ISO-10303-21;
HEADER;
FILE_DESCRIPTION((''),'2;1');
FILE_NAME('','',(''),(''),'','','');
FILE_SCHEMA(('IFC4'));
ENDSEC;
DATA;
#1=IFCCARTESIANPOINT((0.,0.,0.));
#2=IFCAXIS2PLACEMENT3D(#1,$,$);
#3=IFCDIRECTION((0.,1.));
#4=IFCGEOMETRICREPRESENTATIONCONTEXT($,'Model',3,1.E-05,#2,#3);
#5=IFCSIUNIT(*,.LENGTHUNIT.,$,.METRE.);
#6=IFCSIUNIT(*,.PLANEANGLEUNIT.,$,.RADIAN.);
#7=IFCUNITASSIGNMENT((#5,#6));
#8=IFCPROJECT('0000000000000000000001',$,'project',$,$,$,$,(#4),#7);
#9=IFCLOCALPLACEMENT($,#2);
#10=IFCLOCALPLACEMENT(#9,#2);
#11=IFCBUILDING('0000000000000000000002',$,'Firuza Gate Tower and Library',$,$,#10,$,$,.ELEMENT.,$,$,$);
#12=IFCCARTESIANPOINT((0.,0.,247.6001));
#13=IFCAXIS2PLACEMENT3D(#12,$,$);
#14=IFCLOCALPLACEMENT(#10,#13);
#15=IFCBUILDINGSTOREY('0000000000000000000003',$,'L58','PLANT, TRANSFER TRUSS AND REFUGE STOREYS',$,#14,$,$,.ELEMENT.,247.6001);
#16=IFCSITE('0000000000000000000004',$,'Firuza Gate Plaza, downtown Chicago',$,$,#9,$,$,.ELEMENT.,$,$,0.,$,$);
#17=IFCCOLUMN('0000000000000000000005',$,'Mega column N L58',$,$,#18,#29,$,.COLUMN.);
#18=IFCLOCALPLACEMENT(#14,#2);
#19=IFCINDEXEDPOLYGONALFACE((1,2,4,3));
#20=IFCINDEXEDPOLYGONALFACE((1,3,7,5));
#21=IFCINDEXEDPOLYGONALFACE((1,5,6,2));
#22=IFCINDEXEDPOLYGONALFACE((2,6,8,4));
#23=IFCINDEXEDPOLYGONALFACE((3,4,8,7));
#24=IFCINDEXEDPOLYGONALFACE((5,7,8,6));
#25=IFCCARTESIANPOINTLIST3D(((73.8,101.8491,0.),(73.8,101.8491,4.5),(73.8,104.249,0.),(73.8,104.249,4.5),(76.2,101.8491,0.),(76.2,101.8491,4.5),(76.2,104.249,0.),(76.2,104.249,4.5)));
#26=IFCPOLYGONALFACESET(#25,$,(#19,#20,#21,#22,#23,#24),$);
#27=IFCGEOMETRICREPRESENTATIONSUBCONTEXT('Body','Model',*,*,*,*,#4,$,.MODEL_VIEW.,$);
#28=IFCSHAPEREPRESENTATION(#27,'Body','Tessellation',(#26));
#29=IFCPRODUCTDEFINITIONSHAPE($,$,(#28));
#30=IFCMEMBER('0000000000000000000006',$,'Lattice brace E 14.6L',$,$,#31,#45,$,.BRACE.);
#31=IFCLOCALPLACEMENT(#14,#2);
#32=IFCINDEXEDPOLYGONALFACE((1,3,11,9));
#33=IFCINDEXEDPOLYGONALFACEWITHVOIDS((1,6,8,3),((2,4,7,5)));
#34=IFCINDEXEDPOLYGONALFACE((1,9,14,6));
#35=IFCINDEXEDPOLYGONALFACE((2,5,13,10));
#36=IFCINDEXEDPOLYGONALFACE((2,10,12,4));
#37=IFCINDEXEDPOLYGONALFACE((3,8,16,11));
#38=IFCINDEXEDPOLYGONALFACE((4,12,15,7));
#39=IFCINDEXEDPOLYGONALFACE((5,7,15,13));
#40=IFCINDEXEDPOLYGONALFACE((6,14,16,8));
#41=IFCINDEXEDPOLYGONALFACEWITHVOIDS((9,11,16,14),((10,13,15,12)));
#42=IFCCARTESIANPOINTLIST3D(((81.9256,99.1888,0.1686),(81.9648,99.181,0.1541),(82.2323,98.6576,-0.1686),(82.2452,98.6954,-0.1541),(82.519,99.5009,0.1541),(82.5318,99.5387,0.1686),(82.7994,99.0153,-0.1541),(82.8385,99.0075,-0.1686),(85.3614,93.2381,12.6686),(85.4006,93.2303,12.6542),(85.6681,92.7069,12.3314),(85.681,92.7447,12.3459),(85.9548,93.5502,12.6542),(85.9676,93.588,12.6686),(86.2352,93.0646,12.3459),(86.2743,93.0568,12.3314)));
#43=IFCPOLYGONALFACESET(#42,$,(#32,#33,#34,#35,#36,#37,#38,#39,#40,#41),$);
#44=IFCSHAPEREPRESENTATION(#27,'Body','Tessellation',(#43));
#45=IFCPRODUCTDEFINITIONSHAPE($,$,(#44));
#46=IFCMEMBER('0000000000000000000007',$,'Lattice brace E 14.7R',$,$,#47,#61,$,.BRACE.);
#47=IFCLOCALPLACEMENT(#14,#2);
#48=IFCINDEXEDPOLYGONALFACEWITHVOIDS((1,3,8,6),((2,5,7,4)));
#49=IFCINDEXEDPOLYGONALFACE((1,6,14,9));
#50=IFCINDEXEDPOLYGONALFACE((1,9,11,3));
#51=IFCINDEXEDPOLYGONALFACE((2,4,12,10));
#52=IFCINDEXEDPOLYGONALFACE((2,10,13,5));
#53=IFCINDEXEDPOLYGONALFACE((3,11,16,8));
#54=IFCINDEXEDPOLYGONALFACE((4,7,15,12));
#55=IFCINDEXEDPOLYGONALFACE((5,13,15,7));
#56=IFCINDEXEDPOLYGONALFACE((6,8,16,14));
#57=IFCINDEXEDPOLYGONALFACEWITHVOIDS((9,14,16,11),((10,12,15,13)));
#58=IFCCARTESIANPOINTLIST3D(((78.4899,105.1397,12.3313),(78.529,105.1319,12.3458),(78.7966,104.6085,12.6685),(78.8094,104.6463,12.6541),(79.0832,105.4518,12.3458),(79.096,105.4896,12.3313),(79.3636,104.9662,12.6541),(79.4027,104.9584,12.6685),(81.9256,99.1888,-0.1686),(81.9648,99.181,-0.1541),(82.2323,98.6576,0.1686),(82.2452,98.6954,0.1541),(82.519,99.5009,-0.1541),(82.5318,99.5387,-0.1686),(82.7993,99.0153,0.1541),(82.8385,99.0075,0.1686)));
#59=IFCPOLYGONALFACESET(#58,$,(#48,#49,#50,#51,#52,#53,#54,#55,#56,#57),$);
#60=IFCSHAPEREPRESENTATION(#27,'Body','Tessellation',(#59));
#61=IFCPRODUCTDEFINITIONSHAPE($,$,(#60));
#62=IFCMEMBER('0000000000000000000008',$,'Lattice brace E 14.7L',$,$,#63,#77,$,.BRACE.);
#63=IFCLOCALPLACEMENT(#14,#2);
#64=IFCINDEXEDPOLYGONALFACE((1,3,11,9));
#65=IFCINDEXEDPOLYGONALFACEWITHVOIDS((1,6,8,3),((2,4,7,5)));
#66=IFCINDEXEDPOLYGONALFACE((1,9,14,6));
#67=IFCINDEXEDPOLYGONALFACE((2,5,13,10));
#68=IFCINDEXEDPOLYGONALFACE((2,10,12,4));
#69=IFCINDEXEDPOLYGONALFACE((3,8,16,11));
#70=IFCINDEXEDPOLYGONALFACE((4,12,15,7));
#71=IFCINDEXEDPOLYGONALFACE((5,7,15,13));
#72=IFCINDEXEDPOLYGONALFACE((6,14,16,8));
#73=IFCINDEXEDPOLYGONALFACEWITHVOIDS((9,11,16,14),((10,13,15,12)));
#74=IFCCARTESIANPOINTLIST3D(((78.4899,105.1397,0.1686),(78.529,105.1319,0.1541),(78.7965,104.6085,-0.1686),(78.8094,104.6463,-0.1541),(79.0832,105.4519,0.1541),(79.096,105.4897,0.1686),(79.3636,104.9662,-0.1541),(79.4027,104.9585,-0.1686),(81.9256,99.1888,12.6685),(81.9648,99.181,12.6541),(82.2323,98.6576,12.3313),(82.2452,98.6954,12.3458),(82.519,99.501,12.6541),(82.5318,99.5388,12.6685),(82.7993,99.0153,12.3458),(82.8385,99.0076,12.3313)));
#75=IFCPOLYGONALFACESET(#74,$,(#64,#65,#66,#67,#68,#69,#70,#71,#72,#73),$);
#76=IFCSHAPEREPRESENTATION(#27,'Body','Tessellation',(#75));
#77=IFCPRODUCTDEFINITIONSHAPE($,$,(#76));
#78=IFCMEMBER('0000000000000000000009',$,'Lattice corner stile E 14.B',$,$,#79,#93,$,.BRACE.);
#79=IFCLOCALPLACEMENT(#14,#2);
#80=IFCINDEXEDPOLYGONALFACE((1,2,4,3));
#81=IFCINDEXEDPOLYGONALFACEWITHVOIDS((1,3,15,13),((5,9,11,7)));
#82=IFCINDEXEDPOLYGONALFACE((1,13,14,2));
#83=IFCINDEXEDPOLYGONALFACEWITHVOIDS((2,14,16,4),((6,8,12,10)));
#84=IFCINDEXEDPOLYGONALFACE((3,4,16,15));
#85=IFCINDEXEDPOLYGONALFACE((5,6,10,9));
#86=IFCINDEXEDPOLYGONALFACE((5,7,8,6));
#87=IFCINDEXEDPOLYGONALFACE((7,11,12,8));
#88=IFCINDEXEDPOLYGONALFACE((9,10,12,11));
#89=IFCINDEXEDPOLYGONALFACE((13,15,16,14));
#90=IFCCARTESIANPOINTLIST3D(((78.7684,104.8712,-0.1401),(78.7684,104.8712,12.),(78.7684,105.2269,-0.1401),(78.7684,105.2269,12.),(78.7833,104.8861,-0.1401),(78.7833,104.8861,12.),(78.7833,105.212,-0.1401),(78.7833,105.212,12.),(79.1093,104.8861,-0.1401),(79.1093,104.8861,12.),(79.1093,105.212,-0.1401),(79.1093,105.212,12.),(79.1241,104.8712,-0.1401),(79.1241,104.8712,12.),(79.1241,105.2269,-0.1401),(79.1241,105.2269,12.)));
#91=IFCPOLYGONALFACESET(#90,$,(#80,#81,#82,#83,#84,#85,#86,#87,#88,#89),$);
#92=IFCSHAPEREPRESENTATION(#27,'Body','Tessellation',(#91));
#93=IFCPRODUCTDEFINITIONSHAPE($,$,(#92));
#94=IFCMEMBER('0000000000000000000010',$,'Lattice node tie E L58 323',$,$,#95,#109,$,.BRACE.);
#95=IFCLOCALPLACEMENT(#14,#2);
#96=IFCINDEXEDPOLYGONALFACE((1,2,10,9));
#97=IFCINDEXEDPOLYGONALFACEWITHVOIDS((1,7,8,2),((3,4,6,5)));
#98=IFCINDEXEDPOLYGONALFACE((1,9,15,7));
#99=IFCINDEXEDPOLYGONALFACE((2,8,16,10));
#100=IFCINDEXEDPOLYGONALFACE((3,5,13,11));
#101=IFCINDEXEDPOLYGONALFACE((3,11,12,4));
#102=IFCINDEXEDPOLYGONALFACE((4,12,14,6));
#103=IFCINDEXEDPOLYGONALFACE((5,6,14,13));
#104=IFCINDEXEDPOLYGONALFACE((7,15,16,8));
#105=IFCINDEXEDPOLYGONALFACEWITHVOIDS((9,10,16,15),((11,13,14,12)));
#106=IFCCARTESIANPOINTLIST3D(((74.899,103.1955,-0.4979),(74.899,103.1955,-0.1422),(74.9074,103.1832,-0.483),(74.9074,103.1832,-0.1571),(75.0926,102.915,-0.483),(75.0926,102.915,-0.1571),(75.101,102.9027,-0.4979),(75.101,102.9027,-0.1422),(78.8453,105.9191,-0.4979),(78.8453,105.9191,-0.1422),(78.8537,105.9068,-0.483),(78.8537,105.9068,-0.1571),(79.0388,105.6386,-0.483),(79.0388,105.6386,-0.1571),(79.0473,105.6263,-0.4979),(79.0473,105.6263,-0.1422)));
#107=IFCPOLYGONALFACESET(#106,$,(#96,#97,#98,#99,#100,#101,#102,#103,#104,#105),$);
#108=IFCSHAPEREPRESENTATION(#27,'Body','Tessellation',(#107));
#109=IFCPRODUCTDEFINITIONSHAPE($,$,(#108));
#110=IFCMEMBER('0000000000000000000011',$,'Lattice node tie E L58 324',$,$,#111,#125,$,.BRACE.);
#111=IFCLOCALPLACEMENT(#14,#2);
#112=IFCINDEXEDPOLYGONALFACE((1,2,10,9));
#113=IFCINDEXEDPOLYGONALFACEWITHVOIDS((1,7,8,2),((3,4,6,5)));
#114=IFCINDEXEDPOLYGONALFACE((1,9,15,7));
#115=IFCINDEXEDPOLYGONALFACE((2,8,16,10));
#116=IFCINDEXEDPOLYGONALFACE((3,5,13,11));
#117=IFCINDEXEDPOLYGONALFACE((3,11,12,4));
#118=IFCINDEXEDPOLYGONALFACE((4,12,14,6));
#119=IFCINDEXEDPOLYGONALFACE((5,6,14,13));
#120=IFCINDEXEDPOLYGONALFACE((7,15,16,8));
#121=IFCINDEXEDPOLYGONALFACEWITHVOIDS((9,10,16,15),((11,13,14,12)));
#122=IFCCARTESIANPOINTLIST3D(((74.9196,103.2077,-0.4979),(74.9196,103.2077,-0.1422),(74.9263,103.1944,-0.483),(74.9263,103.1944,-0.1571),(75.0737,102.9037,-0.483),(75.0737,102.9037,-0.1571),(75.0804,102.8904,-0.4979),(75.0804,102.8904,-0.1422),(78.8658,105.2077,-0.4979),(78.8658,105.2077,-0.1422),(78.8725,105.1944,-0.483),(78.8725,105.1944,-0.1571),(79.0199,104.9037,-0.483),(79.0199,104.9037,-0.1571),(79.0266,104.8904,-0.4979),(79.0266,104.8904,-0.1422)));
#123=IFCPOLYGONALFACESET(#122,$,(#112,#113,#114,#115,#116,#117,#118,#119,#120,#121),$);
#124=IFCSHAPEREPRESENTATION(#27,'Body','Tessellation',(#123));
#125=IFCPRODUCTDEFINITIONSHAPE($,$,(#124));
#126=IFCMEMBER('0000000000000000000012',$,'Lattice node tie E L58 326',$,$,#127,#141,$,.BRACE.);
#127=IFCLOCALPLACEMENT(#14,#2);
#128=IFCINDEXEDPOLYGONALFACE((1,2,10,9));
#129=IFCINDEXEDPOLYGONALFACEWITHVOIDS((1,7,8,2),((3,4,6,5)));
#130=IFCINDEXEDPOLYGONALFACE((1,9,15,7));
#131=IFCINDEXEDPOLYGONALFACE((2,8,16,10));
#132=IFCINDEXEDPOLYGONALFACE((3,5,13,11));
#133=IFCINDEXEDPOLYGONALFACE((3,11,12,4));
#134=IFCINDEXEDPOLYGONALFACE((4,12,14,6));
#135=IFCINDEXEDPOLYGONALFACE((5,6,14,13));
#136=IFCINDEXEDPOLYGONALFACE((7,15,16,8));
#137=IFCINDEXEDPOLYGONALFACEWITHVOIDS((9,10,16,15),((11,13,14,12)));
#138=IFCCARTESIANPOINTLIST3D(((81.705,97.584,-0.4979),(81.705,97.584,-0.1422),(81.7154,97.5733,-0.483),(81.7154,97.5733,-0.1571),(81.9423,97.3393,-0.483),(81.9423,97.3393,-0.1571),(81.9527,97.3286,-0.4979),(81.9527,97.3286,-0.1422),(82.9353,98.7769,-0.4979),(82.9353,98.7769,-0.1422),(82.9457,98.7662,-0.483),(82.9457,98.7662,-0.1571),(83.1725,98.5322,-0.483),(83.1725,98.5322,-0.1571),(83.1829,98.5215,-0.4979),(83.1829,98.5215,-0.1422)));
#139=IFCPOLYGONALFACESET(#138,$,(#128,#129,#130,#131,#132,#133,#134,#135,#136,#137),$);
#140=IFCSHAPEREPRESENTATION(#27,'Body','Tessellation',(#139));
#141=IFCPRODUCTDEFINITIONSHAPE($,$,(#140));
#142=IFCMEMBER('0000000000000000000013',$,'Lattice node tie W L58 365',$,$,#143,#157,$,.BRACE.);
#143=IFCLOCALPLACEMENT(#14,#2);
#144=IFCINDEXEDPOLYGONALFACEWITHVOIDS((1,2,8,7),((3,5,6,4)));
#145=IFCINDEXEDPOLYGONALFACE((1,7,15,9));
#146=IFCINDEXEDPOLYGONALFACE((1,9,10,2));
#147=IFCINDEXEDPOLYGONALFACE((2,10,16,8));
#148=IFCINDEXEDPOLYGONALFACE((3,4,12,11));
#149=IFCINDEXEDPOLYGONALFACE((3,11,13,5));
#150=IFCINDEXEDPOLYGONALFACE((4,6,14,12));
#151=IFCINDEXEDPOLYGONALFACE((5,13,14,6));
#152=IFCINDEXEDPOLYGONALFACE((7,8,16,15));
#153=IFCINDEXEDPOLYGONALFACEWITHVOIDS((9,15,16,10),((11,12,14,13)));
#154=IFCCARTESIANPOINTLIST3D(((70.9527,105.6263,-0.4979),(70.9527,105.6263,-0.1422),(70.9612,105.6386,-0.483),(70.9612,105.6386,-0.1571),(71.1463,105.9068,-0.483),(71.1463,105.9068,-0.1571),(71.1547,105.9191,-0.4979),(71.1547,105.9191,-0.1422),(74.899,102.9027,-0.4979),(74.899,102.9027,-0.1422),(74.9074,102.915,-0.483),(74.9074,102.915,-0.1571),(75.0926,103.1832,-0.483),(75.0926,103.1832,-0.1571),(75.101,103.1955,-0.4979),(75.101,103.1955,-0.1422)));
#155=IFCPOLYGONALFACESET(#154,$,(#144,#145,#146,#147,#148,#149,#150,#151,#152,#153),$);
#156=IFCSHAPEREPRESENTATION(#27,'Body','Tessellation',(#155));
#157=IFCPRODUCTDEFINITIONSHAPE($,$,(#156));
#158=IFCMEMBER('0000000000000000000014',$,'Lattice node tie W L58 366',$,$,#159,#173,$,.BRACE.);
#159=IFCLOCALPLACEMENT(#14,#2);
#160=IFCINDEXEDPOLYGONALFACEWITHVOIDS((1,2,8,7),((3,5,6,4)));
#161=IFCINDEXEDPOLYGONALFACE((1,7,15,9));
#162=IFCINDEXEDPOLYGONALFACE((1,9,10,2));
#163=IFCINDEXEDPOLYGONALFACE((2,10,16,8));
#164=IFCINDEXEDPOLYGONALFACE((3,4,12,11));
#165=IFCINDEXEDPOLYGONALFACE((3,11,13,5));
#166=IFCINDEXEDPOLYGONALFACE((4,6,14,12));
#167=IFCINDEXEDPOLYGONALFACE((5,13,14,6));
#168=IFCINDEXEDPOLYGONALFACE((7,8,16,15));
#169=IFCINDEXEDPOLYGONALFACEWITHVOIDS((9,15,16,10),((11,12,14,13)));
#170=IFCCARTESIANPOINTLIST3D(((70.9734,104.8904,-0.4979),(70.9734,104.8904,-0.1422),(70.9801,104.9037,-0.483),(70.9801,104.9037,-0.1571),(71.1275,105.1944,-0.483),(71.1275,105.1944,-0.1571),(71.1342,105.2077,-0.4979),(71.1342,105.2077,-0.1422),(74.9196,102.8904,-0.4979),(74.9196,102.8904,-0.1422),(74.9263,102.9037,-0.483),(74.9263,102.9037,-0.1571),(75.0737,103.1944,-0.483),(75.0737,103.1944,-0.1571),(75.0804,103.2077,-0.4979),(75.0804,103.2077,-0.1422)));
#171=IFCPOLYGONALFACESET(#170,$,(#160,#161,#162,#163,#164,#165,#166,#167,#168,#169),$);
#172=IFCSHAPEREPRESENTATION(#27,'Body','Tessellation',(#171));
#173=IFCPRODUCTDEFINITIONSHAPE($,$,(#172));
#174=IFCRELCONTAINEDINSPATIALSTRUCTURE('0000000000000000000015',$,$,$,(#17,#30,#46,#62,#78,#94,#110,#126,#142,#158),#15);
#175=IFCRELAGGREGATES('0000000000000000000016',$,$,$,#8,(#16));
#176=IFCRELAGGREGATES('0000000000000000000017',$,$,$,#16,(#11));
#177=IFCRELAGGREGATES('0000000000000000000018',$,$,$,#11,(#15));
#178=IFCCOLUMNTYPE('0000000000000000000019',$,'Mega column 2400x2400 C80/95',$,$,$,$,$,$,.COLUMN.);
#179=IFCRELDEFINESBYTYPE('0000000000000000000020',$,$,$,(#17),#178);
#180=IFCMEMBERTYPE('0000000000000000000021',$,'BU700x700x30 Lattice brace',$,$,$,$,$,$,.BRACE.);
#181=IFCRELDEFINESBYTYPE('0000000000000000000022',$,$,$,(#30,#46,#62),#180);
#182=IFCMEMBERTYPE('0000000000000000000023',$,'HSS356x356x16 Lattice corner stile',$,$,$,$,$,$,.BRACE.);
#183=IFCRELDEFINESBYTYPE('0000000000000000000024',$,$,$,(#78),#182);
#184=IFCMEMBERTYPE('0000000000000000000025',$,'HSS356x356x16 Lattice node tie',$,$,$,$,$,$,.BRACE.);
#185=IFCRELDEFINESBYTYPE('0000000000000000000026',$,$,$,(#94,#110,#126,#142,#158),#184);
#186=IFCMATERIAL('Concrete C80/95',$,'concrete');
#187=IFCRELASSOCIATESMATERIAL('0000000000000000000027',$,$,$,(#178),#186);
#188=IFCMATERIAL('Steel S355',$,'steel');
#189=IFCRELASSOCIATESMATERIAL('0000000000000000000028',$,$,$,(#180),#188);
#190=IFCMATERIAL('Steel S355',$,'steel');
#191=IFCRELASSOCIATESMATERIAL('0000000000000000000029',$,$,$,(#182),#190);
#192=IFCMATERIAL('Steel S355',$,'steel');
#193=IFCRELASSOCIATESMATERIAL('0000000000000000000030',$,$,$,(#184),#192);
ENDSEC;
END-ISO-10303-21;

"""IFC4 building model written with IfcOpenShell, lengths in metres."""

from ifc_helpers import new_model, si_unit, direction, frame, origin, origin_2d, place, context, subcontext, project, spatial, rectangle, hollow_rectangle, extrude, material, material_profile, profile_set, type_object, element, save


model = new_model("IFC4")

# Units and contexts
model_context = context("Model", 3, precision=1e-05, world=origin(), true_north=direction((0.0, 1.0)))
body_context = subcontext(model_context, "Body", "Model", "MODEL_VIEW")
ifc_project = project(units=[si_unit("LENGTHUNIT", "METRE"), si_unit("PLANEANGLEUNIT", "RADIAN")], contexts=[model_context])

# Site, building, storey
site_placement = place(None, origin())
site = spatial("IfcSite", under=ifc_project, at=site_placement, Name="Firuza Gate Plaza, downtown Chicago", CompositionType="ELEMENT", RefElevation=0.0)
building_placement = place(site_placement, origin())
building = spatial("IfcBuilding", under=site, at=building_placement, Name="Firuza Gate Tower and Library", CompositionType="ELEMENT")
storey_placement = place(building_placement, frame((0.0, 0.0, 247.6001)))
storey = spatial("IfcBuildingStorey", under=building, at=storey_placement, Name="L58", Description="PLANT, TRANSFER TRUSS AND REFUGE STOREYS", CompositionType="ELEMENT", Elevation=247.6001)

# Column
ifc_material_1 = material(Name="Concrete C80/95", Category="concrete")
ifc_material_profile_1 = material_profile(ifc_material_1, rectangle(XDim=2.3999, YDim=2.3999, at=origin_2d()))
ifc_profile_set_1 = profile_set([ifc_material_profile_1], Name="Concrete C80/95")
column_type = type_object("IfcColumnType", Name="Mega column 2400x2400 C80/95", PredefinedType="COLUMN", material=ifc_profile_set_1)
column_placement = place(storey_placement, frame((75.0, 103.0491, 0.0), z_axis=(0.0, 0.0, 1.0), x_axis=(-1.0, 0.0, 0.0)))
element("IfcColumn", 1, at=column_placement, inside=storey, type_object=column_type, Name="Mega column N L58", PredefinedType="COLUMN", context=body_context, shape_type="SweptSolid", body=[
    extrude(rectangle(XDim=2.3999, YDim=2.3999, at=origin_2d()), origin(), (0.0, 0.0, 1.0), 4.5),
])

# Members
ifc_material_2 = material(Name="Steel S355", Category="steel")
ifc_material_profile_2 = material_profile(ifc_material_2, hollow_rectangle(XDim=0.7, YDim=0.7, WallThickness=0.03, at=origin_2d()))
ifc_profile_set_2 = profile_set([ifc_material_profile_2], Name="Steel S355")
member_type_1 = type_object("IfcMemberType", Name="BU700x700x30 Lattice brace", PredefinedType="BRACE", material=ifc_profile_set_2)
for number, where, z_axis, x_axis, name in (
    (2, (82.3821, 99.0981, 0.0), (0.240869, -0.417178, 0.876324), (0.866015, 0.500018, 0.0), "Lattice brace E 14.6L"),
    (3, (82.3821, 99.0981, 0.0), (-0.240868, 0.417192, 0.876318), (-0.866024, -0.500002, 0.0), "Lattice brace E 14.7R"),
    (4, (78.9463, 105.0491, 0.0), (0.240868, -0.417192, 0.876318), (0.866024, 0.500002, 0.0), "Lattice brace E 14.7L"),
):
    element("IfcMember", number, at=place(storey_placement, frame(where, z_axis=z_axis, x_axis=x_axis)), inside=storey, type_object=member_type_1, Name=name, PredefinedType="BRACE", context=body_context, shape_type="SweptSolid", body=[
        extrude(hollow_rectangle(XDim=0.7, YDim=0.7, WallThickness=0.03, at=origin_2d()), origin(), (0.0, 0.0, 1.0), 14.2642),
    ])
ifc_material_3 = material(Name="Steel S355", Category="steel")
ifc_material_profile_3 = material_profile(ifc_material_3, hollow_rectangle(XDim=0.3557, YDim=0.3557, WallThickness=0.0149, at=origin_2d()))
ifc_profile_set_3 = profile_set([ifc_material_profile_3], Name="Steel S355")
member_type_2 = type_object("IfcMemberType", Name="HSS356x356x16 Lattice corner stile", PredefinedType="BRACE", material=ifc_profile_set_3)
member_1_placement = place(storey_placement, frame((78.9463, 105.0491, -0.1401), z_axis=(0.0, 0.0, 1.0), x_axis=(1.0, 0.0, 0.0)))
element("IfcMember", 5, at=member_1_placement, inside=storey, type_object=member_type_2, Name="Lattice corner stile E 14.B", PredefinedType="BRACE", context=body_context, shape_type="SweptSolid", body=[
    extrude(hollow_rectangle(XDim=0.3557, YDim=0.3557, WallThickness=0.0149, at=origin_2d()), origin(), (0.0, 0.0, 1.0), 12.1401),
])
ifc_material_4 = material(Name="Steel S355", Category="steel")
ifc_material_profile_4 = material_profile(ifc_material_4, hollow_rectangle(XDim=0.3557, YDim=0.3557, WallThickness=0.0149, at=origin_2d()))
ifc_profile_set_4 = profile_set([ifc_material_profile_4], Name="Steel S355")
member_type_3 = type_object("IfcMemberType", Name="HSS356x356x16 Lattice node tie", PredefinedType="BRACE", material=ifc_profile_set_4)
member_2_placement = place(storey_placement, frame((75.0, 103.0491, -0.3201), z_axis=(0.823013, 0.568023, 0.0), x_axis=(-0.568023, 0.823013, 0.0)))
element("IfcMember", 6, at=member_2_placement, inside=storey, type_object=member_type_3, Name="Lattice node tie E L58 323", PredefinedType="BRACE", context=body_context, shape_type="SweptSolid", body=[
    extrude(hollow_rectangle(XDim=0.3557, YDim=0.3557, WallThickness=0.0149, at=origin_2d()), origin(), (0.0, 0.0, 1.0), 4.7949),
])
member_3_placement = place(storey_placement, frame((75.0, 103.0491, -0.3201), z_axis=(0.891986, 0.452063, 0.0), x_axis=(-0.452063, 0.891986, 0.0)))
element("IfcMember", 7, at=member_3_placement, inside=storey, type_object=member_type_3, Name="Lattice node tie E L58 324", PredefinedType="BRACE", context=body_context, shape_type="SweptSolid", body=[
    extrude(hollow_rectangle(XDim=0.3557, YDim=0.3557, WallThickness=0.0149, at=origin_2d()), origin(), (0.0, 0.0, 1.0), 4.4241),
])
member_4_placement = place(storey_placement, frame((81.8289, 97.4563, -0.3201), z_axis=(0.717922, 0.696124, 0.0), x_axis=(-0.696124, 0.717922, 0.0)))
element("IfcMember", 8, at=member_4_placement, inside=storey, type_object=member_type_3, Name="Lattice node tie E L58 326", PredefinedType="BRACE", context=body_context, shape_type="SweptSolid", body=[
    extrude(hollow_rectangle(XDim=0.3557, YDim=0.3557, WallThickness=0.0149, at=origin_2d()), origin(), (0.0, 0.0, 1.0), 1.7136),
])
member_5_placement = place(storey_placement, frame((75.0, 103.0491, -0.3201), z_axis=(-0.823013, 0.568023, 0.0), x_axis=(-0.568023, -0.823013, 0.0)))
element("IfcMember", 9, at=member_5_placement, inside=storey, type_object=member_type_3, Name="Lattice node tie W L58 365", PredefinedType="BRACE", context=body_context, shape_type="SweptSolid", body=[
    extrude(hollow_rectangle(XDim=0.3557, YDim=0.3557, WallThickness=0.0149, at=origin_2d()), origin(), (0.0, 0.0, 1.0), 4.7949),
])
member_6_placement = place(storey_placement, frame((75.0, 103.0491, -0.3201), z_axis=(-0.891986, 0.452063, 0.0), x_axis=(-0.452063, -0.891986, 0.0)))
element("IfcMember", 10, at=member_6_placement, inside=storey, type_object=member_type_3, Name="Lattice node tie W L58 366", PredefinedType="BRACE", context=body_context, shape_type="SweptSolid", body=[
    extrude(hollow_rectangle(XDim=0.3557, YDim=0.3557, WallThickness=0.0149, at=origin_2d()), origin(), (0.0, 0.0, 1.0), 4.4241),
])

save(model, "model.ifc")
